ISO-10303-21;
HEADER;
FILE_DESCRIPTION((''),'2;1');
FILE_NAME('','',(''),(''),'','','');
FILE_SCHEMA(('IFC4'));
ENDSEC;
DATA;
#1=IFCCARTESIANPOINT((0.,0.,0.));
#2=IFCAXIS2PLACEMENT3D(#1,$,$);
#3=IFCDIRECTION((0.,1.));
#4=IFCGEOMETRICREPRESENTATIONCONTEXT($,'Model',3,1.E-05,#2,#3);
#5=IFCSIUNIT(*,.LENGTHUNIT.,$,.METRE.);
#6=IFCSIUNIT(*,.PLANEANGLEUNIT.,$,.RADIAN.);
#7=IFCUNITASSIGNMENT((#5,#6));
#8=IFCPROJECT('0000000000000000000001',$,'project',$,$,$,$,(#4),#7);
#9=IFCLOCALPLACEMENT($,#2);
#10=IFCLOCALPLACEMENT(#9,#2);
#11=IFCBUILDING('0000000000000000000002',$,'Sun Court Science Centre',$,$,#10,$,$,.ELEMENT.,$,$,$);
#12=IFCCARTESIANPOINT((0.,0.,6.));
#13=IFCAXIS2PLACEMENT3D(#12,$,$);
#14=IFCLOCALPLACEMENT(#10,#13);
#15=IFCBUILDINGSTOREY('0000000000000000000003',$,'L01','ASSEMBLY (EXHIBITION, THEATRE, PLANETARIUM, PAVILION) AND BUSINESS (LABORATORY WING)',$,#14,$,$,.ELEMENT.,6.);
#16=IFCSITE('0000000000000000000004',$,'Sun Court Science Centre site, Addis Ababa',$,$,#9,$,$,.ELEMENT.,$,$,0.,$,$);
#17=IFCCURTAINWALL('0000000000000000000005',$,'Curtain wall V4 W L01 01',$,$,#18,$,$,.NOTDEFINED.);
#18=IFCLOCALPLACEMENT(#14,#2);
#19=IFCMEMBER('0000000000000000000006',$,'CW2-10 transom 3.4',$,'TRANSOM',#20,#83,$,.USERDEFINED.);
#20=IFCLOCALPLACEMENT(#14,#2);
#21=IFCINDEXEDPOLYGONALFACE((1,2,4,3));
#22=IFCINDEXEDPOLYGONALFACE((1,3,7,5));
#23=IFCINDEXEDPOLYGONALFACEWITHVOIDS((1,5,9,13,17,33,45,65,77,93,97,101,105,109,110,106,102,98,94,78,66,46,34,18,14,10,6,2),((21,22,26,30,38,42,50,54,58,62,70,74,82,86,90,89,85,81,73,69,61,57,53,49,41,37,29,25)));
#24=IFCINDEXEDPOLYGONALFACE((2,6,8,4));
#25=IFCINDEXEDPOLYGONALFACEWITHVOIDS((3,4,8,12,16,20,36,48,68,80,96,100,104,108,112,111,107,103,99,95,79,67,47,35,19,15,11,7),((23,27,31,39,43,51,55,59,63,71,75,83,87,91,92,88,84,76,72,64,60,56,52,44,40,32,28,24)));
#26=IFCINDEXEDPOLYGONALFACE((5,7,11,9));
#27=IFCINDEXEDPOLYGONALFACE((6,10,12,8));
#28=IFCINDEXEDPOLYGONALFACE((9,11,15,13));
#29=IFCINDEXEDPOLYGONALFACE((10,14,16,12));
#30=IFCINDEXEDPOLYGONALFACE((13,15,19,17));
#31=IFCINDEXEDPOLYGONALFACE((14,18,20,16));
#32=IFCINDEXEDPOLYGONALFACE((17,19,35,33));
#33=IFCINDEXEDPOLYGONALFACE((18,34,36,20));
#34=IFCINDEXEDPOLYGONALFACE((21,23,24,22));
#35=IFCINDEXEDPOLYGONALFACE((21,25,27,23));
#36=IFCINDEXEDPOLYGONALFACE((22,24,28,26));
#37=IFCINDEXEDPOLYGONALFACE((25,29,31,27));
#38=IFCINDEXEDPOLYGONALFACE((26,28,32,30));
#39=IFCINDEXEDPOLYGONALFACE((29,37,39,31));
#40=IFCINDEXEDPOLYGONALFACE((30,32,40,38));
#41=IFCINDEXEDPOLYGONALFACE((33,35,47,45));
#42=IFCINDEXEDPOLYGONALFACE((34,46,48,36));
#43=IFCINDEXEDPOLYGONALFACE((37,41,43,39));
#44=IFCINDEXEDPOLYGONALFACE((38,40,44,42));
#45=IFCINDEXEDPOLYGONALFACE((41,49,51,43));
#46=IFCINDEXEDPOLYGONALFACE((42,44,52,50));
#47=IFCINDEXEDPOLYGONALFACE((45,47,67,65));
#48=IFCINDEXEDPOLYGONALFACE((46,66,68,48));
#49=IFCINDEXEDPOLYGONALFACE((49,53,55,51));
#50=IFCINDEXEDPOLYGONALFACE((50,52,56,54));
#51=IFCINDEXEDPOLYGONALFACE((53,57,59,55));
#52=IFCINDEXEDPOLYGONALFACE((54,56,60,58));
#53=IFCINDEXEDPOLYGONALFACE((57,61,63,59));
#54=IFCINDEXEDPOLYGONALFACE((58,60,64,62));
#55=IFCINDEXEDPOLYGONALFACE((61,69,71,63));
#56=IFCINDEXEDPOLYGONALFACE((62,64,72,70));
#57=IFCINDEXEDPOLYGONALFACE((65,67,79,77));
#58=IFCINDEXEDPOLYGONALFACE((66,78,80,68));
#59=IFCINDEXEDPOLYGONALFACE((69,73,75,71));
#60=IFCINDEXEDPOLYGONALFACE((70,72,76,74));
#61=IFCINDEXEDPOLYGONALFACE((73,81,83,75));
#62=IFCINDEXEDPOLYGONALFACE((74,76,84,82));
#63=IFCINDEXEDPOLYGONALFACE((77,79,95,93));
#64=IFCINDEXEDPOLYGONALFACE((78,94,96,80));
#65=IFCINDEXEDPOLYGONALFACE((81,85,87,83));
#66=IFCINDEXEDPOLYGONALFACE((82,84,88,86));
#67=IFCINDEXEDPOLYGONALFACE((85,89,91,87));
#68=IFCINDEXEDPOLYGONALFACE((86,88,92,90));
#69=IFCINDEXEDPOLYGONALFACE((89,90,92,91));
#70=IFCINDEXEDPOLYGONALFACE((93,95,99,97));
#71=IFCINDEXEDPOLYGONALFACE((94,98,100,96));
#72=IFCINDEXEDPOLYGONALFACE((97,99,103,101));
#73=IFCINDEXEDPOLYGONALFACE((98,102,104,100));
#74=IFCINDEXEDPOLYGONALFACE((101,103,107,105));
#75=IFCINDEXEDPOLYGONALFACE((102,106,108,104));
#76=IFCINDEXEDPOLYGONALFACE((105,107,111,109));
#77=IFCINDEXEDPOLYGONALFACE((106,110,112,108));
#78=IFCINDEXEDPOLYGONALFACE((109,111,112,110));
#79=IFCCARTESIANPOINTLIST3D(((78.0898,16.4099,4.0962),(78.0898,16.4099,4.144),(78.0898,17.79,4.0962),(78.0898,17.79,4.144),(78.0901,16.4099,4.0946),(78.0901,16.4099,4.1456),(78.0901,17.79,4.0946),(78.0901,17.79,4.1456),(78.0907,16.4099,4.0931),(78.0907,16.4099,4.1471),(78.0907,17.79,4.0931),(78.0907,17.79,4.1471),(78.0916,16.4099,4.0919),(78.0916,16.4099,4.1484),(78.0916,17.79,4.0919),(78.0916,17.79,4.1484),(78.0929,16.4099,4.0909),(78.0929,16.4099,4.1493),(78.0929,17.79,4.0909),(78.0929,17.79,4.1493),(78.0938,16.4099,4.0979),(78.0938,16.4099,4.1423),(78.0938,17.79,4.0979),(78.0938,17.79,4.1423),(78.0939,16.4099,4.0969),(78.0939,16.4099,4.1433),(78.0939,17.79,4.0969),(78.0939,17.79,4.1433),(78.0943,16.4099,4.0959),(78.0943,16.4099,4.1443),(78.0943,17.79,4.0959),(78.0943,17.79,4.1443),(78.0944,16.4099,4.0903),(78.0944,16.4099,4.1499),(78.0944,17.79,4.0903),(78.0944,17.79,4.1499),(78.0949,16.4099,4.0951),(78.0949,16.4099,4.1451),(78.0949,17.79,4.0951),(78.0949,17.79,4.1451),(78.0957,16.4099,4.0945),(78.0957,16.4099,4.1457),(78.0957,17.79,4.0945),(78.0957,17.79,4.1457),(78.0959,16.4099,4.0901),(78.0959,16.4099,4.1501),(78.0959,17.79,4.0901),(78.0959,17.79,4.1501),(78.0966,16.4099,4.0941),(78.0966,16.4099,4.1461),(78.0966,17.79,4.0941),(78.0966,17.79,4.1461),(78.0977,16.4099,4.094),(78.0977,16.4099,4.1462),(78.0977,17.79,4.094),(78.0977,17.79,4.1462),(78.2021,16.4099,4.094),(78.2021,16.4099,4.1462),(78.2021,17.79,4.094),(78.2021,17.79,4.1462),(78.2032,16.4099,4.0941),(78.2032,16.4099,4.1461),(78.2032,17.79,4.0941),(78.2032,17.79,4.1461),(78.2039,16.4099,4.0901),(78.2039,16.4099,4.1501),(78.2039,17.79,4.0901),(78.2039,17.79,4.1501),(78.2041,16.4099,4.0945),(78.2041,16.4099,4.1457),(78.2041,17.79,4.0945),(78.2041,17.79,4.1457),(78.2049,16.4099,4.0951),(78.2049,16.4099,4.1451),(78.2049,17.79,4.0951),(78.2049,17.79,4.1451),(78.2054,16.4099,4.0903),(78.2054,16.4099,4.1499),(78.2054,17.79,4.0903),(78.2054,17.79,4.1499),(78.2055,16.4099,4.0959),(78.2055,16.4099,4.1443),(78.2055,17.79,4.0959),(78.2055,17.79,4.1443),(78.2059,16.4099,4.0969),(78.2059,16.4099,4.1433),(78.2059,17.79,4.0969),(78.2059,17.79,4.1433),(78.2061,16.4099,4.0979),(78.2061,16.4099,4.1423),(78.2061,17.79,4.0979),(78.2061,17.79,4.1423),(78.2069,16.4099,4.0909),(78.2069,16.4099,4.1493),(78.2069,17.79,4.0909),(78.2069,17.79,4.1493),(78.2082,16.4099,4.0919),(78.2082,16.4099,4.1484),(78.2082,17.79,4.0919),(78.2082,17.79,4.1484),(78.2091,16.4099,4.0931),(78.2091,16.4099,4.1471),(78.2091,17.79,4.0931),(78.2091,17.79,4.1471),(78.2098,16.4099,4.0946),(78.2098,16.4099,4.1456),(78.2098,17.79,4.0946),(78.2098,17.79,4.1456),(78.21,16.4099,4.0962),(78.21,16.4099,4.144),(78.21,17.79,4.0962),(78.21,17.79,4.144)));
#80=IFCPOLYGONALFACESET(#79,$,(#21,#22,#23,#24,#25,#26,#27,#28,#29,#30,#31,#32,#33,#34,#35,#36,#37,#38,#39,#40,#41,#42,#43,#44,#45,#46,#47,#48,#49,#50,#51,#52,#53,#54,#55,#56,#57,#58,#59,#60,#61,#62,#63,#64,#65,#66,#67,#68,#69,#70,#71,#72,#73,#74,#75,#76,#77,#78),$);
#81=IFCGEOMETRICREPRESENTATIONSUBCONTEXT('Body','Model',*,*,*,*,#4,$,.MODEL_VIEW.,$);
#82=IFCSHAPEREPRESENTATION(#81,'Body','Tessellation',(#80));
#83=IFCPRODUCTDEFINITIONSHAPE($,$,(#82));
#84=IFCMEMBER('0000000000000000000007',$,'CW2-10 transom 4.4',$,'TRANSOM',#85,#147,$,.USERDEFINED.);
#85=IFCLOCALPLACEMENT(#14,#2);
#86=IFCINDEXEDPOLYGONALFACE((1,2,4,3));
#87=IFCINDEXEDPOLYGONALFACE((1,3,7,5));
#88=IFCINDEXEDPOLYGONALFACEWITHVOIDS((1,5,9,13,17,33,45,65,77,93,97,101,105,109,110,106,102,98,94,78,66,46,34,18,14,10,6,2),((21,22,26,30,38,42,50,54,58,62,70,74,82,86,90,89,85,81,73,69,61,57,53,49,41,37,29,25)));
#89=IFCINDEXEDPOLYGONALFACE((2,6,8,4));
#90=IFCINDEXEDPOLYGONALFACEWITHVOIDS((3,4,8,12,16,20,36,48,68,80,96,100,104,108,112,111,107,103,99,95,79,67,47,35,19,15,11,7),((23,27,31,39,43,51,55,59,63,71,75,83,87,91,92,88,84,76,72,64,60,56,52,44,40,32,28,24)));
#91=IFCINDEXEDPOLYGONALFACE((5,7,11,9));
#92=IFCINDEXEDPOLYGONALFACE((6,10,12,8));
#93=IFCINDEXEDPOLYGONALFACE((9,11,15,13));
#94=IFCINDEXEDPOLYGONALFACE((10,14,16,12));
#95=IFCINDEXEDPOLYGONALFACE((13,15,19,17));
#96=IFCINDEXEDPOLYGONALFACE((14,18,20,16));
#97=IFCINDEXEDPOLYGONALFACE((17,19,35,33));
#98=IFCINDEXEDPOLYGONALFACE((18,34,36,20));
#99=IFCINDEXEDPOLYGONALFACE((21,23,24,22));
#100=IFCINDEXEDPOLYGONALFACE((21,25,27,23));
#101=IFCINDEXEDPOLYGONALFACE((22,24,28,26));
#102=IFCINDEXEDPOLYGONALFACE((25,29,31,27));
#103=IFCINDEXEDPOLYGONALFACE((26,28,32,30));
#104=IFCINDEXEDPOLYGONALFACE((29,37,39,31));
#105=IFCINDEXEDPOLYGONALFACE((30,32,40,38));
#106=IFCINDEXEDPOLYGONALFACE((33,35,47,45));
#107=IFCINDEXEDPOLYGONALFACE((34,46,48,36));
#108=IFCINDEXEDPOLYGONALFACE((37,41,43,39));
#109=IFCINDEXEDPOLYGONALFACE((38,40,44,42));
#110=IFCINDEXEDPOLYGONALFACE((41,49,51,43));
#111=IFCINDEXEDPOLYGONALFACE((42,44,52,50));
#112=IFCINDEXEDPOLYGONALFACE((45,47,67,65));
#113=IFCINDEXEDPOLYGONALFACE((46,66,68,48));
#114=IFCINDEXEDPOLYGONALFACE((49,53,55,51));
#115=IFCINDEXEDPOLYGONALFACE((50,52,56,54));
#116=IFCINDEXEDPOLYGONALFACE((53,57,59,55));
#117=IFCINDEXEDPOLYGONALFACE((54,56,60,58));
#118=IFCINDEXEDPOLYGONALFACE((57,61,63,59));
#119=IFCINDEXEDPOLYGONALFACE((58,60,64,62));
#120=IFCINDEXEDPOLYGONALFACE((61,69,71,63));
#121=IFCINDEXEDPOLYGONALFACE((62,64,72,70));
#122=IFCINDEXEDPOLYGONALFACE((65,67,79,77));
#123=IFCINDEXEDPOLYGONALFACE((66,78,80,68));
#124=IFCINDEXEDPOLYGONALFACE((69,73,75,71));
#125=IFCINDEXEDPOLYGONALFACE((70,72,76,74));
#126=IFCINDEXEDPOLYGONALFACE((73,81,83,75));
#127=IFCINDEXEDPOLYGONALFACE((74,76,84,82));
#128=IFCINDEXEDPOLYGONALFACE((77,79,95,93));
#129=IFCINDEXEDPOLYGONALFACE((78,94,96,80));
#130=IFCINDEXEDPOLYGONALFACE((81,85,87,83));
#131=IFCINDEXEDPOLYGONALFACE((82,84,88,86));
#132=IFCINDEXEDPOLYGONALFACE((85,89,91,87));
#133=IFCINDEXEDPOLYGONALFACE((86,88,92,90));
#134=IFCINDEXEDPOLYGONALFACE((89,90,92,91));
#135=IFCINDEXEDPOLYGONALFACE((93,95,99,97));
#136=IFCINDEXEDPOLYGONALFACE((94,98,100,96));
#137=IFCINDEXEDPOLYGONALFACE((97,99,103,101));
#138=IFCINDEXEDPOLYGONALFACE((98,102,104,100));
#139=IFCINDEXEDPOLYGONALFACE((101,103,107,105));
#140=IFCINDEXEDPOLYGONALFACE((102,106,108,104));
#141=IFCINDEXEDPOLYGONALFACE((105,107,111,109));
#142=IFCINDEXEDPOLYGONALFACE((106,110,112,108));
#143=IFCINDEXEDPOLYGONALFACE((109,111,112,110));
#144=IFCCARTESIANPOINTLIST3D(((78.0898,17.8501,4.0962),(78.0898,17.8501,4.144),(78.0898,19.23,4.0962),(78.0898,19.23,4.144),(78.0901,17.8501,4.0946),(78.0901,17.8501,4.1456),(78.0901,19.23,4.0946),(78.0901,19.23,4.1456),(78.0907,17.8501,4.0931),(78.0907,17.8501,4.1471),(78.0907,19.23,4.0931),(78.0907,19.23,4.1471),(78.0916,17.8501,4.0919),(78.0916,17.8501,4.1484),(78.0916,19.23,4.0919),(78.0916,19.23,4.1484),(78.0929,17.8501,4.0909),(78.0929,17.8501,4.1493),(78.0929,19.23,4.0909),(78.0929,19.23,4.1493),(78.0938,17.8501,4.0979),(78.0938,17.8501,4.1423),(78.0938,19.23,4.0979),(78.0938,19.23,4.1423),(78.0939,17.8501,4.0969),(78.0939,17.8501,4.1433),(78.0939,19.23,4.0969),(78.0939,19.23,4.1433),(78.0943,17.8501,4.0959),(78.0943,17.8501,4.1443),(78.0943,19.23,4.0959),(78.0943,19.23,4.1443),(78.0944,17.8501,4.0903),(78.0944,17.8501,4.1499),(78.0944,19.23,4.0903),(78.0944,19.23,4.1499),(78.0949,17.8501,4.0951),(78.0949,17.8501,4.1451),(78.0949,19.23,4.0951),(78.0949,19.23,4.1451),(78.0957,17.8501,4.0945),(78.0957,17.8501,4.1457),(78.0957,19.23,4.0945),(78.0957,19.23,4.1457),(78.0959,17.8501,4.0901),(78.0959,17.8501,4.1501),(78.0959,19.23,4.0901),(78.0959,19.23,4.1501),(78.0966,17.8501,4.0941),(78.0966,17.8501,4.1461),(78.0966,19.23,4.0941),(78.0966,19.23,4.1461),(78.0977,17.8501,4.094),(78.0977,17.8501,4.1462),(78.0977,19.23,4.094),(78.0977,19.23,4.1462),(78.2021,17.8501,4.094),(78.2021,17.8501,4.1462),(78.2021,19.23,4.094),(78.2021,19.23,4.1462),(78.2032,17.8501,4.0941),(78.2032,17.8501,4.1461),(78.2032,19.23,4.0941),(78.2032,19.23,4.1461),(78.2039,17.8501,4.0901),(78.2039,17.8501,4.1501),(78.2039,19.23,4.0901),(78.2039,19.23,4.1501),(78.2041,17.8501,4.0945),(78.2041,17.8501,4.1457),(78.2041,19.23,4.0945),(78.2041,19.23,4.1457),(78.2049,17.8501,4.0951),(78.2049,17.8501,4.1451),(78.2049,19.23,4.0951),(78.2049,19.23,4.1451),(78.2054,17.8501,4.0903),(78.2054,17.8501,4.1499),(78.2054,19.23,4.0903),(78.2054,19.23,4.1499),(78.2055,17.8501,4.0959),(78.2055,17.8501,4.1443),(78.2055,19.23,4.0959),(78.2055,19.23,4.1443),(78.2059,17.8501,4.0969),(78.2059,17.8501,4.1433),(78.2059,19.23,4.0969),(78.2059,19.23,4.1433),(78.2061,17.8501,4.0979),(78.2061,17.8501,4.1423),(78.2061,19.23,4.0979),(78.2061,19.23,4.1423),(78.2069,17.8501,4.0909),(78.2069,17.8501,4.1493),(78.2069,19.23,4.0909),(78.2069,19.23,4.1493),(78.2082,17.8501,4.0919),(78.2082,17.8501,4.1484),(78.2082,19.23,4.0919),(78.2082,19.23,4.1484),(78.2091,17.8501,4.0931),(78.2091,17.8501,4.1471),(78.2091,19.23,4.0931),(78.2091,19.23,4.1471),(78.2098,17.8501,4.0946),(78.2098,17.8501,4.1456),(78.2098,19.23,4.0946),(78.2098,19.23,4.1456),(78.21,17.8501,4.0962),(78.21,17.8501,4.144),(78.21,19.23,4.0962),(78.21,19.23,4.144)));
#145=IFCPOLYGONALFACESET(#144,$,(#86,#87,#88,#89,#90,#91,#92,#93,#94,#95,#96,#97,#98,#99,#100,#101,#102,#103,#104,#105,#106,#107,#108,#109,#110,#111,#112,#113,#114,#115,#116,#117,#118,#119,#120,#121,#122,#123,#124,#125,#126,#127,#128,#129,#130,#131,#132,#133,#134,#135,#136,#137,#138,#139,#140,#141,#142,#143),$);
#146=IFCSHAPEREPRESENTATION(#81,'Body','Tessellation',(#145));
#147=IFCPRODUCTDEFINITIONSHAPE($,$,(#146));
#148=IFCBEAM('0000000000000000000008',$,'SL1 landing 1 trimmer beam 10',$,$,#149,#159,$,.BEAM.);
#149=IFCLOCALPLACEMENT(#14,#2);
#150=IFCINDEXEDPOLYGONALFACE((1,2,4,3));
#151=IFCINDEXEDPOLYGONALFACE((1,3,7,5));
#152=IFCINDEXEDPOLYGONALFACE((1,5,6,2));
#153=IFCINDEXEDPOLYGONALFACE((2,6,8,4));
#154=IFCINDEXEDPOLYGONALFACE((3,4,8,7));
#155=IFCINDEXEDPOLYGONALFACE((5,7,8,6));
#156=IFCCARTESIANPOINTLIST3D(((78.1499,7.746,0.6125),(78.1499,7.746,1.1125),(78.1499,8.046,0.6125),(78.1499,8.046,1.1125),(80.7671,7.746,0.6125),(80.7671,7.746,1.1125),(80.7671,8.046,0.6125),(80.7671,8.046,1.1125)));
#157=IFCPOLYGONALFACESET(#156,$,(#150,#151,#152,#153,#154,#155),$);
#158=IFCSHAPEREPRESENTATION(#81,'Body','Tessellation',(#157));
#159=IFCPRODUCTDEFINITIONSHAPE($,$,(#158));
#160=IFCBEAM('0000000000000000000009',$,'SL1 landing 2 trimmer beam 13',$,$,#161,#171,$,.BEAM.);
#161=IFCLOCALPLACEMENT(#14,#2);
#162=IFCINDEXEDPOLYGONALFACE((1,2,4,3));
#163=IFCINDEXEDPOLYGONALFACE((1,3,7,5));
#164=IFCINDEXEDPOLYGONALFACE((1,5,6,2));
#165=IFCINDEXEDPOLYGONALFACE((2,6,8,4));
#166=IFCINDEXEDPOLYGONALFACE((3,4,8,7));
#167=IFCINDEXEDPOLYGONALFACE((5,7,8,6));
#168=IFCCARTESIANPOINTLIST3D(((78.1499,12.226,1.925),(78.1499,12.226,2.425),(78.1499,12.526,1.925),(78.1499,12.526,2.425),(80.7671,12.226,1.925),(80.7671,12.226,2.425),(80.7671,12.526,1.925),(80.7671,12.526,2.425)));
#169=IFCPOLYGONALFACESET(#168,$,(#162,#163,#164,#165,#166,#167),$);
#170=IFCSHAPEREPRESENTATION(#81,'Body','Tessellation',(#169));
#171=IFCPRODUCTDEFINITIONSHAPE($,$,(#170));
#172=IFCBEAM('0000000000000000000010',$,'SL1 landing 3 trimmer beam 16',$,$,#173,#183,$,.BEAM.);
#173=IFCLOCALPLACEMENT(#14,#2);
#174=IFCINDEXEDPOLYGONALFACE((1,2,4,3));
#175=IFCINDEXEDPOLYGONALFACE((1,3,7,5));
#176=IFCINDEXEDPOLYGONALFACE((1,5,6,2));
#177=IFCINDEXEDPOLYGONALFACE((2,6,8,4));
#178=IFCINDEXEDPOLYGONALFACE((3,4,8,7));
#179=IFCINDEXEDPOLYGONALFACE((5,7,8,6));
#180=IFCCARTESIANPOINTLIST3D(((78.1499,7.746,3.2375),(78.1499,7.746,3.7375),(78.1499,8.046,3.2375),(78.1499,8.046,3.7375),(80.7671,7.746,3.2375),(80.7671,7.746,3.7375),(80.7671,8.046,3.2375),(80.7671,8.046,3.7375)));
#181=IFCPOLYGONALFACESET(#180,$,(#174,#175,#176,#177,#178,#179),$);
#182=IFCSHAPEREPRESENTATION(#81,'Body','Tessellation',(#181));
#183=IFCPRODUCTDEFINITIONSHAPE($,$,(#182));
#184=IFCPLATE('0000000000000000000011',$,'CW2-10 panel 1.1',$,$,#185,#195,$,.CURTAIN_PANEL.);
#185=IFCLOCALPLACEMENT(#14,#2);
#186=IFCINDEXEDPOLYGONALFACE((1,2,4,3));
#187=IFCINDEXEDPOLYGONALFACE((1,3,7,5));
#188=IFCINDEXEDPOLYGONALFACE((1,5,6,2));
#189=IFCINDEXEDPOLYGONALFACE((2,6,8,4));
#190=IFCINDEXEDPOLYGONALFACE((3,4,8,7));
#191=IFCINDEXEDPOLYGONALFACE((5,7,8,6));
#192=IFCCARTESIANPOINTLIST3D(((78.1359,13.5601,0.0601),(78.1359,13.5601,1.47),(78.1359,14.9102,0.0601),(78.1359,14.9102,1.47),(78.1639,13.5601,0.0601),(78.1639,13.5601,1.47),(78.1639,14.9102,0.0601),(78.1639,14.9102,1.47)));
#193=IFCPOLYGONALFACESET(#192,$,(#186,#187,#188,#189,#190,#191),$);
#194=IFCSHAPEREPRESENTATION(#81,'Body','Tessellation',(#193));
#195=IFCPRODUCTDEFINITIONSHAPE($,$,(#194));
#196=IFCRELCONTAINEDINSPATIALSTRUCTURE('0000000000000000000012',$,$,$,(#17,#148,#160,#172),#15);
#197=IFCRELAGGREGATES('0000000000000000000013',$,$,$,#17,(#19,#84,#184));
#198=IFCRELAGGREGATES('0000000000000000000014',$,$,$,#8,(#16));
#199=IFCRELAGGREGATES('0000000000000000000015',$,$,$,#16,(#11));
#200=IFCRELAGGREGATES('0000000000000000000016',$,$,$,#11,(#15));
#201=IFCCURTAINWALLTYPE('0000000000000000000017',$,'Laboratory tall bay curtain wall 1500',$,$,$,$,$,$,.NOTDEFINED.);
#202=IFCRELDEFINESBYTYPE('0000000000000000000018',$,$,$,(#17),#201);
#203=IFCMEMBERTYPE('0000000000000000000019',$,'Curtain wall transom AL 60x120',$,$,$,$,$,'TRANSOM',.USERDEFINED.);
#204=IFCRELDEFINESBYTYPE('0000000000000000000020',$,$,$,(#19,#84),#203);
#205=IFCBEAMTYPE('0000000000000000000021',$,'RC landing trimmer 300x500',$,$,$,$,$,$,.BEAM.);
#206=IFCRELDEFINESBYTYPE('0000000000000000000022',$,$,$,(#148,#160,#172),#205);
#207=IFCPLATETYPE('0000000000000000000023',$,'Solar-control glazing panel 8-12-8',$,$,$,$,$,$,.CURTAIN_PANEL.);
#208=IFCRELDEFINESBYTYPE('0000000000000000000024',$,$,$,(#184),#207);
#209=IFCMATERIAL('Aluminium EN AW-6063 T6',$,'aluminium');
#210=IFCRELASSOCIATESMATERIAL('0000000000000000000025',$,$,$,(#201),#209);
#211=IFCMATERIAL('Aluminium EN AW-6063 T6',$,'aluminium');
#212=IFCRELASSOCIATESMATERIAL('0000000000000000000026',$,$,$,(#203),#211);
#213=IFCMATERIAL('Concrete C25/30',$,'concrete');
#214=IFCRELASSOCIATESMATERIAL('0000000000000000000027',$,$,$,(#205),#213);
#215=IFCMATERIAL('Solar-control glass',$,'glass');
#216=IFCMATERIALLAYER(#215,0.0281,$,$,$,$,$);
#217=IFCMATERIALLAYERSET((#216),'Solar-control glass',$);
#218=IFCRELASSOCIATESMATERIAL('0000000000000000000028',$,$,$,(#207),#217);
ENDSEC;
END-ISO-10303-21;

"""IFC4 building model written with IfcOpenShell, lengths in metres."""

from ifc_helpers import new_model, si_unit, direction, frame, origin, origin_2d, place, context, subcontext, project, spatial, rectangle, hollow_rectangle, extrude, material, layer, layer_set, material_profile, profile_set, type_object, element, aggregate, save


model = new_model("IFC4")

# Units and contexts
model_context = context("Model", 3, precision=1e-05, world=origin(), true_north=direction((0.0, 1.0)))
body_context = subcontext(model_context, "Body", "Model", "MODEL_VIEW")
ifc_project = project(units=[si_unit("LENGTHUNIT", "METRE"), si_unit("PLANEANGLEUNIT", "RADIAN")], contexts=[model_context])

# Site, building, storey
site_placement = place(None, origin())
site = spatial("IfcSite", under=ifc_project, at=site_placement, Name="Sun Court Science Centre site, Addis Ababa", CompositionType="ELEMENT", RefElevation=0.0)
building_placement = place(site_placement, origin())
building = spatial("IfcBuilding", under=site, at=building_placement, Name="Sun Court Science Centre", CompositionType="ELEMENT")
storey_placement = place(building_placement, frame((0.0, 0.0, 6.0)))
storey = spatial("IfcBuildingStorey", under=building, at=storey_placement, Name="L01", Description="ASSEMBLY (EXHIBITION, THEATRE, PLANETARIUM, PAVILION) AND BUSINESS (LABORATORY WING)", CompositionType="ELEMENT", Elevation=6.0)

# Curtain wall, members
ifc_material_1 = material(Name="Aluminium EN AW-6063 T6", Category="aluminium")
curtain_wall_type = type_object("IfcCurtainWallType", Name="Laboratory tall bay curtain wall 1500", PredefinedType="NOTDEFINED", material=ifc_material_1)
curtain_wall_placement = place(storey_placement, origin())
curtain_wall = element("IfcCurtainWall", 1, at=curtain_wall_placement, inside=storey, type_object=curtain_wall_type, Name="Curtain wall V4 W L01 01", PredefinedType="NOTDEFINED")
ifc_material_2 = material(Name="Aluminium EN AW-6063 T6", Category="aluminium")
ifc_material_profile_1 = material_profile(ifc_material_2, hollow_rectangle(XDim=0.0601, YDim=0.1201, WallThickness=0.0039, InnerFilletRadius=0.0039, OuterFilletRadius=0.0061, at=origin_2d()), Name="AL 60x120x4")
ifc_profile_set_1 = profile_set([ifc_material_profile_1], Name="Aluminium EN AW-6063 T6")
member_type_1 = type_object("IfcMemberType", Name="Curtain wall transom AL 60x120", ElementType="TRANSOM", PredefinedType="USERDEFINED", material=ifc_profile_set_1)
member_1_placement = place(storey_placement, frame((78.1499, 16.4099, 4.1201), z_axis=(0.0, 1.0, 0.0), x_axis=(0.0, 0.0, 1.0)))
member_1 = element("IfcMember", 2, at=member_1_placement, type_object=member_type_1, Name="CW2-10 transom 3.4", ObjectType="TRANSOM", PredefinedType="USERDEFINED", context=body_context, shape_type="SweptSolid", body=[
    extrude(hollow_rectangle(XDim=0.0601, YDim=0.1201, WallThickness=0.0039, InnerFilletRadius=0.0039, OuterFilletRadius=0.0061, at=origin_2d()), origin(), (0.0, 0.0, 1.0), 1.3801),
])
member_2_placement = place(storey_placement, frame((78.1499, 17.8501, 4.1201), z_axis=(0.0, 1.0, 0.0), x_axis=(0.0, 0.0, 1.0)))
member_2 = element("IfcMember", 3, at=member_2_placement, type_object=member_type_1, Name="CW2-10 transom 4.4", ObjectType="TRANSOM", PredefinedType="USERDEFINED", context=body_context, shape_type="SweptSolid", body=[
    extrude(hollow_rectangle(XDim=0.0601, YDim=0.1201, WallThickness=0.0039, InnerFilletRadius=0.0039, OuterFilletRadius=0.0061, at=origin_2d()), origin(), (0.0, 0.0, 1.0), 1.3799),
])

# Beams
ifc_material_3 = material(Name="Concrete C25/30", Category="concrete")
ifc_material_profile_2 = material_profile(ifc_material_3, rectangle(XDim=0.3, YDim=0.5, at=origin_2d()), Name="RC 300x500")
ifc_profile_set_2 = profile_set([ifc_material_profile_2], Name="Concrete C25/30")
beam_type = type_object("IfcBeamType", Name="RC landing trimmer 300x500", PredefinedType="BEAM", material=ifc_profile_set_2)
for number, where, z_axis, x_axis, name in (
    (4, (78.1499, 7.896, 0.8625), (1.0, 0.0, 0.0), (0.0, 1.0, 0.0), "SL1 landing 1 trimmer beam 10"),
    (5, (78.1499, 12.376, 2.175), (1.0, 0.0, 0.0), (0.0, 1.0, 0.0), "SL1 landing 2 trimmer beam 13"),
    (6, (78.1499, 7.896, 3.4875), (1.0, 0.0, 0.0), (0.0, 1.0, 0.0), "SL1 landing 3 trimmer beam 16"),
):
    element("IfcBeam", number, at=place(storey_placement, frame(where, z_axis=z_axis, x_axis=x_axis)), inside=storey, type_object=beam_type, Name=name, PredefinedType="BEAM", context=body_context, shape_type="SweptSolid", body=[
        extrude(rectangle(XDim=0.3, YDim=0.5, at=origin_2d()), origin(), (0.0, 0.0, 1.0), 2.6172),
    ])

# Plate
ifc_material_4 = material(Name="Solar-control glass", Category="glass")
ifc_layer_1 = layer(ifc_material_4, 0.0281)
ifc_layer_set_1 = layer_set([ifc_layer_1], Name="Solar-control glass")
plate_type = type_object("IfcPlateType", Name="Solar-control glazing panel 8-12-8", PredefinedType="CURTAIN_PANEL", material=ifc_layer_set_1)
plate_1_placement = place(storey_placement, frame((78.1499, 14.2351, 0.0601), z_axis=(0.0, 0.0, 1.0), x_axis=(0.0, 1.0, 0.0)))
plate_1 = element("IfcPlate", 7, at=plate_1_placement, type_object=plate_type, Name="CW2-10 panel 1.1", PredefinedType="CURTAIN_PANEL", context=body_context, shape_type="SweptSolid", body=[
    extrude(rectangle(XDim=1.3501, YDim=0.0281, at=origin_2d()), origin(), (0.0, 0.0, 1.0), 1.4099),
])
aggregate(curtain_wall, [member_1, member_2, plate_1])

save(model, "model.ifc")
